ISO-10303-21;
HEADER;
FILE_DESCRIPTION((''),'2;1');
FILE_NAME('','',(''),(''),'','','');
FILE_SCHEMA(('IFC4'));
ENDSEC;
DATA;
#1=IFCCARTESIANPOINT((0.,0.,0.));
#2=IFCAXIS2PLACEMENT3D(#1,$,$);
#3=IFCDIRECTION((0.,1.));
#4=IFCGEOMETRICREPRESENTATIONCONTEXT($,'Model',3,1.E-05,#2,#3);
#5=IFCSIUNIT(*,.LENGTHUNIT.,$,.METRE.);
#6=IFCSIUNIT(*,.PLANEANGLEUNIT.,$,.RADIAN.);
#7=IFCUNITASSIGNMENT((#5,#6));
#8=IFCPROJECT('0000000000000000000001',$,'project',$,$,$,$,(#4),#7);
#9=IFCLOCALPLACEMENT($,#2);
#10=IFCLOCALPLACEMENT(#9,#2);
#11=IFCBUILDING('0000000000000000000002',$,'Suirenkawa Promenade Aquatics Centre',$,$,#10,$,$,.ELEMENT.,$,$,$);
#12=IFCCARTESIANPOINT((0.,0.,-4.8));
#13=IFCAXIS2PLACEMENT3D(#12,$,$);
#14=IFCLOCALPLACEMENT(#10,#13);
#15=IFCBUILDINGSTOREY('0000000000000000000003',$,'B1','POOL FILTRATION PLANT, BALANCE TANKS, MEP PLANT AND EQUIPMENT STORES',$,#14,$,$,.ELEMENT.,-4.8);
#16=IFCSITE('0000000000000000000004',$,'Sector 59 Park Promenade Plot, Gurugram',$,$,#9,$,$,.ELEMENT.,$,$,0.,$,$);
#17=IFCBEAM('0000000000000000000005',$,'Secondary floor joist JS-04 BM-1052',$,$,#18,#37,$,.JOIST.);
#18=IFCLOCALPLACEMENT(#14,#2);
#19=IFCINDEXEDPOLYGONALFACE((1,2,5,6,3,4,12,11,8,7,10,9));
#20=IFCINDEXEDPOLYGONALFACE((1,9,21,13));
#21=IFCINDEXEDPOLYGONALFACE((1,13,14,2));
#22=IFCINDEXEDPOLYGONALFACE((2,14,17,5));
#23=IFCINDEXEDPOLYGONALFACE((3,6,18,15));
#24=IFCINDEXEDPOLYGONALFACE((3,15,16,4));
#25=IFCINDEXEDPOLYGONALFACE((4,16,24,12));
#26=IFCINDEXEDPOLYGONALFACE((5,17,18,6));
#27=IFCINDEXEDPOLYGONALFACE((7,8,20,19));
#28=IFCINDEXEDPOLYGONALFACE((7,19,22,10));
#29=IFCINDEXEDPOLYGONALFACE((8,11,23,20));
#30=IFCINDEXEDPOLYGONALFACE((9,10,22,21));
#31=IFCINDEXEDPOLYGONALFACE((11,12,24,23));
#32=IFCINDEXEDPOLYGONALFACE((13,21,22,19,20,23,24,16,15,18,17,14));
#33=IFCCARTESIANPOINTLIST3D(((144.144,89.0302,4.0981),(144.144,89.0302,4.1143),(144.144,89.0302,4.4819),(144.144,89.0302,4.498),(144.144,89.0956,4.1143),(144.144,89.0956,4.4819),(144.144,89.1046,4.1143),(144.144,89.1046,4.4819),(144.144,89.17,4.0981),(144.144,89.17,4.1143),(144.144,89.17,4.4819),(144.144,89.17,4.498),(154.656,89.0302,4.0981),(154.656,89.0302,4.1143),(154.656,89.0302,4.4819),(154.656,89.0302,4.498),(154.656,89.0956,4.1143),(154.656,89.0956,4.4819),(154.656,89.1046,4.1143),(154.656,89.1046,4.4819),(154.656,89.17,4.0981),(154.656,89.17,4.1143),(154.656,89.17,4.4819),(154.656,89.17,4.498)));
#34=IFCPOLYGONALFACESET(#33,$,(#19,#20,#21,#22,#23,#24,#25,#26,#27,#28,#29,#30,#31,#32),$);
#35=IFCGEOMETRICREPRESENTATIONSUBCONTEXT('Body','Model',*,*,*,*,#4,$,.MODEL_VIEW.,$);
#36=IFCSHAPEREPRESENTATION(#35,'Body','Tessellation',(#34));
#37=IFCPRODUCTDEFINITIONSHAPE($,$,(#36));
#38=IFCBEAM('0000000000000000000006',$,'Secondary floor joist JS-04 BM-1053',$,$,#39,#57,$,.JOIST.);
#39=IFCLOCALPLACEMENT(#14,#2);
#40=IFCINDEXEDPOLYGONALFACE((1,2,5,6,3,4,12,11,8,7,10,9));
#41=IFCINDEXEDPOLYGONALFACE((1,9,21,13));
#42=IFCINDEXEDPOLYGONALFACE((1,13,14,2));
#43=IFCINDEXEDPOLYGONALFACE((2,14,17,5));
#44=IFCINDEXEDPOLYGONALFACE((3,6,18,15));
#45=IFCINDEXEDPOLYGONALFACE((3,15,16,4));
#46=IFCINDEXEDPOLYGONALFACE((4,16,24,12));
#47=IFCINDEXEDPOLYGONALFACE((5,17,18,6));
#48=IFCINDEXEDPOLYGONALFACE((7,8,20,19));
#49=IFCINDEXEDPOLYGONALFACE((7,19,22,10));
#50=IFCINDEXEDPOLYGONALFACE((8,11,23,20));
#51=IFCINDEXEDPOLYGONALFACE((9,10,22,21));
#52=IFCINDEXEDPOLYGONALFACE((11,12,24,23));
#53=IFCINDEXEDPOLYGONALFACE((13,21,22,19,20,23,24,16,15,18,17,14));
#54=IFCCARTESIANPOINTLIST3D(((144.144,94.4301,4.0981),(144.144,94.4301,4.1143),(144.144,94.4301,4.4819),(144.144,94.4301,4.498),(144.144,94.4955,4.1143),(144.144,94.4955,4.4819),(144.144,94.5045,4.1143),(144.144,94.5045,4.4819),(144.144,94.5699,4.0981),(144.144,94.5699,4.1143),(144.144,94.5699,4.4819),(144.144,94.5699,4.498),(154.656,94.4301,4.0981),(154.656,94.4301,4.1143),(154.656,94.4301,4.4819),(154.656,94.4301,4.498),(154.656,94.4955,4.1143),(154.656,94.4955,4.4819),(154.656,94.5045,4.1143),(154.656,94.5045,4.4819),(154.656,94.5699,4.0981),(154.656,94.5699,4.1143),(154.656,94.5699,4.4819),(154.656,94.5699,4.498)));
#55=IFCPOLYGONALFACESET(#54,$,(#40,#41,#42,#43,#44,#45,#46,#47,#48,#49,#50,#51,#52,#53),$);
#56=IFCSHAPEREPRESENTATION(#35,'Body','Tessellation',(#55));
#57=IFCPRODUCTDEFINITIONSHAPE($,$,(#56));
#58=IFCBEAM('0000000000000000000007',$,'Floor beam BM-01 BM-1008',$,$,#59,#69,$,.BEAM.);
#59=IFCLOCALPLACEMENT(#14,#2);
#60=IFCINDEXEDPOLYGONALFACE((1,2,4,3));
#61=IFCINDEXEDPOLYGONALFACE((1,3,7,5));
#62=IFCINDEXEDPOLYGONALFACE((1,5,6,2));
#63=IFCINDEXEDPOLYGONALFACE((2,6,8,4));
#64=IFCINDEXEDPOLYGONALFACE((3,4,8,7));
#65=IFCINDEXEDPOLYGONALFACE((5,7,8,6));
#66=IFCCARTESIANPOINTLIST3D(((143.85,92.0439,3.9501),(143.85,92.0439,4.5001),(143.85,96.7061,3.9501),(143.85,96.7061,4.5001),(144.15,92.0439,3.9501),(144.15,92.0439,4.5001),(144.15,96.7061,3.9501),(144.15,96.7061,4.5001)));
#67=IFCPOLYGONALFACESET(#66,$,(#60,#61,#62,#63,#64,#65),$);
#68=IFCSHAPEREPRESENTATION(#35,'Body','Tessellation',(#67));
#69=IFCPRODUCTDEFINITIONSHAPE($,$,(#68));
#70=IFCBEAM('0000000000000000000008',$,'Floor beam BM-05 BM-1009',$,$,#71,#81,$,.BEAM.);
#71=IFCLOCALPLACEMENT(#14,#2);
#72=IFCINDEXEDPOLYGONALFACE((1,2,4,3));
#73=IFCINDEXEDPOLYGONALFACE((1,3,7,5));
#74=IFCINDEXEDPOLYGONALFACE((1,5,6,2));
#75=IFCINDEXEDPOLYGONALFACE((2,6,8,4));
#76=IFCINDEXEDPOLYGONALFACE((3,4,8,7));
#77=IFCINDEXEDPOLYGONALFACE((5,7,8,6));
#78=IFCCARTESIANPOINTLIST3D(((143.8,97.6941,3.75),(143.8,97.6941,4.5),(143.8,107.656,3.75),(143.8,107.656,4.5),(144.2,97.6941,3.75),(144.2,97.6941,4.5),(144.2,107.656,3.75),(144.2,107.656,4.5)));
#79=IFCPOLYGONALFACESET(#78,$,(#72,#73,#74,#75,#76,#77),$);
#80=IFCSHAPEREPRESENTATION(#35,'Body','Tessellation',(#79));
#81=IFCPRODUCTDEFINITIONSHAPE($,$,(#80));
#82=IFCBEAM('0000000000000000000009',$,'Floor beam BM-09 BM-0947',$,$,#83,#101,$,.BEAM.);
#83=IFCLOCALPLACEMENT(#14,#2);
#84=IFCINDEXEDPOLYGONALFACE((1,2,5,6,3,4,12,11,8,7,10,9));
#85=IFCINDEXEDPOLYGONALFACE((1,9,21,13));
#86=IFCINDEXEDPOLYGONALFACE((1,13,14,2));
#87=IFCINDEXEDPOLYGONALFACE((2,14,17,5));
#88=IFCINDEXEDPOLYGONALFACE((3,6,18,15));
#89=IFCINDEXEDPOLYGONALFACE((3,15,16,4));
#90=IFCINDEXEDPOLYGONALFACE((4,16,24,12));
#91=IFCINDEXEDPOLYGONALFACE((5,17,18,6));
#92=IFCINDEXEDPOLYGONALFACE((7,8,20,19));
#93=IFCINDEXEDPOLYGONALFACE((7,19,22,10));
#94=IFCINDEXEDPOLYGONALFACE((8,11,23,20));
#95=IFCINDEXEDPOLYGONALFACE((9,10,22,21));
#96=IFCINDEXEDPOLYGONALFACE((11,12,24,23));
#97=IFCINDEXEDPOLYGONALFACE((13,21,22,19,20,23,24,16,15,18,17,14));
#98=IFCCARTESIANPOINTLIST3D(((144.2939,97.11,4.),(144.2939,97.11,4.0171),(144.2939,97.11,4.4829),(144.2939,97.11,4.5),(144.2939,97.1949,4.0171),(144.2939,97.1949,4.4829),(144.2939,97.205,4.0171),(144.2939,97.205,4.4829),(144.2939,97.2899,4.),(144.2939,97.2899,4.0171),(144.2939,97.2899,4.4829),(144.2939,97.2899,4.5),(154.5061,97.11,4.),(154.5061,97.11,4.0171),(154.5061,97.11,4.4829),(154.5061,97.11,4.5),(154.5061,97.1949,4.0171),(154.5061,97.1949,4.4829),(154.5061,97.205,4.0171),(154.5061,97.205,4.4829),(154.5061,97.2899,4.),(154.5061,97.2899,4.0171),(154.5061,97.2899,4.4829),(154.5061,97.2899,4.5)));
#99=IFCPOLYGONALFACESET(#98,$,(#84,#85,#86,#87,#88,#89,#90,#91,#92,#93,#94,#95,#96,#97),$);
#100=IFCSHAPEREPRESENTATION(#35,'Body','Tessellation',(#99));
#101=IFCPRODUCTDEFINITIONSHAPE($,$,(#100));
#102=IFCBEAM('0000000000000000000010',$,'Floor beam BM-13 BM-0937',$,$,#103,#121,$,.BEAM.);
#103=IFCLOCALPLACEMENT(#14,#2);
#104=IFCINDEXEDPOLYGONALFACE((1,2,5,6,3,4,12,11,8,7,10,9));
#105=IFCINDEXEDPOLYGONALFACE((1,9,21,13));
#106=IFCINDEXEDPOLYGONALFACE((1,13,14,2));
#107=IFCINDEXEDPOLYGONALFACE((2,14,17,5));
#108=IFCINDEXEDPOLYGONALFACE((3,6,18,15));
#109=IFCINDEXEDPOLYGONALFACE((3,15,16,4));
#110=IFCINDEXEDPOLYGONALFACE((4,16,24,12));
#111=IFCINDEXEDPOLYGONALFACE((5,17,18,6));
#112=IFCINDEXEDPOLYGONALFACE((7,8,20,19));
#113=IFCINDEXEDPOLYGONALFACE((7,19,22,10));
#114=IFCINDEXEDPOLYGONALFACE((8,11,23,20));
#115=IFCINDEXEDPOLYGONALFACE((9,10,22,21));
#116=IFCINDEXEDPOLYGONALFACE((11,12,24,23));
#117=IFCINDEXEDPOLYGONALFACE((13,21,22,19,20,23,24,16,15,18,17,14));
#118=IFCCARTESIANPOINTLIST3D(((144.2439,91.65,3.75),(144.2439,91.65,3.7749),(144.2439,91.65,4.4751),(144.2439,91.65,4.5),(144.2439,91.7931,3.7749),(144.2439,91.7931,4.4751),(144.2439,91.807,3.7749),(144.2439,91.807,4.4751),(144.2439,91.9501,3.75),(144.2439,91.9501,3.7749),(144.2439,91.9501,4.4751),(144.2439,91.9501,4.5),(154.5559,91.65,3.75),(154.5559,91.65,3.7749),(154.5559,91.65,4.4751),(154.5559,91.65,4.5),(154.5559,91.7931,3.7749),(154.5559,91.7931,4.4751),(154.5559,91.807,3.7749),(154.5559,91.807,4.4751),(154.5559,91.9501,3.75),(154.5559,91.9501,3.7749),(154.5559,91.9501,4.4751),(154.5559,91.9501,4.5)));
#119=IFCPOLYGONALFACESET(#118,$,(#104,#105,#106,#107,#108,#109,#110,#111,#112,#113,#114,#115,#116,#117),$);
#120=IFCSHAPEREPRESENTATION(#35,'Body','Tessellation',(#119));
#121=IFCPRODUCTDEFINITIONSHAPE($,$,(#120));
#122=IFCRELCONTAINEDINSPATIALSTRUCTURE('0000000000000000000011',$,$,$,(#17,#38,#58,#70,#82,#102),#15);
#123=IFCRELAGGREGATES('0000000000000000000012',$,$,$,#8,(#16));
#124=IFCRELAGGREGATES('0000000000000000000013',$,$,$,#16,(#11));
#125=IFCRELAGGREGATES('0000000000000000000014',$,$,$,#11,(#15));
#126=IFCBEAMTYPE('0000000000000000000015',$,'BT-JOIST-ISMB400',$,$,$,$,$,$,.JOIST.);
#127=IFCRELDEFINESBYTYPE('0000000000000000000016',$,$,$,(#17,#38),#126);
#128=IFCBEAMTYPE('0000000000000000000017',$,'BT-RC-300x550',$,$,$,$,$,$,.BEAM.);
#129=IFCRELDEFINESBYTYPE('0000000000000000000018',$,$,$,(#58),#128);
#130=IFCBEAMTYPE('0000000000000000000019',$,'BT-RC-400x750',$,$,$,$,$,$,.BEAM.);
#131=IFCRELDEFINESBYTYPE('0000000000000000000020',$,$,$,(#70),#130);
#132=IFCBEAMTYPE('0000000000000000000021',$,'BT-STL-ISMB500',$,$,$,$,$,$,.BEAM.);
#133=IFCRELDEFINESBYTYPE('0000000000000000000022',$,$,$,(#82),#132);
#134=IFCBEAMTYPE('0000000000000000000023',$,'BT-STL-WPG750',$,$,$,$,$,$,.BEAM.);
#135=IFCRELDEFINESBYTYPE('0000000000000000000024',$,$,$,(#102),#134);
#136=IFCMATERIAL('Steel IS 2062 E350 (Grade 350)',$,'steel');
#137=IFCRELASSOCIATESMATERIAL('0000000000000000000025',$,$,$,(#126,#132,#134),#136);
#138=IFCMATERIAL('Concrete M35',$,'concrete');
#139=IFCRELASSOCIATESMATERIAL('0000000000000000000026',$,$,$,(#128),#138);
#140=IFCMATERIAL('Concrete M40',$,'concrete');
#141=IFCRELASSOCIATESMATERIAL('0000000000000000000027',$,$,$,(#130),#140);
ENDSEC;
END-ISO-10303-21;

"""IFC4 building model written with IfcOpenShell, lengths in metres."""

from ifc_helpers import new_model, si_unit, direction, frame, origin, origin_2d, place, context, subcontext, project, spatial, rectangle, i_section, extrude, material, material_profile, profile_set, type_object, element, save


model = new_model("IFC4")

# Units and contexts
model_context = context("Model", 3, precision=1e-05, world=origin(), true_north=direction((0.0, 1.0)))
body_context = subcontext(model_context, "Body", "Model", "MODEL_VIEW")
ifc_project = project(units=[si_unit("LENGTHUNIT", "METRE"), si_unit("PLANEANGLEUNIT", "RADIAN")], contexts=[model_context])

# Site, building, storey
site_placement = place(None, origin())
site = spatial("IfcSite", under=ifc_project, at=site_placement, Name="Sector 59 Park Promenade Plot, Gurugram", CompositionType="ELEMENT", RefElevation=0.0)
building_placement = place(site_placement, origin())
building = spatial("IfcBuilding", under=site, at=building_placement, Name="Suirenkawa Promenade Aquatics Centre", CompositionType="ELEMENT")
storey_placement = place(building_placement, frame((0.0, 0.0, -4.8)))
storey = spatial("IfcBuildingStorey", under=building, at=storey_placement, Name="B1", Description="POOL FILTRATION PLANT, BALANCE TANKS, MEP PLANT AND EQUIPMENT STORES", CompositionType="ELEMENT", Elevation=-4.8)

# Shared definitions
ifc_material_1 = material(Name="Concrete M35", Category="concrete")

# Shared definitions
ifc_material_2 = material(Name="Concrete M40", Category="concrete")

# Beams
ifc_material_3 = material(Name="Steel IS 2062 E350 (Grade 350)", Category="steel")
ifc_material_profile_1 = material_profile(ifc_material_3, i_section(OverallWidth=0.1399, OverallDepth=0.3999, WebThickness=0.009, FlangeThickness=0.0161, at=origin_2d()), Name="ISMB 400", Category="steel")
ifc_profile_set_1 = profile_set([ifc_material_profile_1], Name="Steel IS 2062 E350 (Grade 350)")
beam_type_1 = type_object("IfcBeamType", Name="BT-JOIST-ISMB400", PredefinedType="JOIST", material=ifc_profile_set_1)
for number, where, z_axis, x_axis, name in (
    (1, (144.144, 89.1001, 4.2981), (1.0, 0.0, 0.0), (0.0, 1.0, 0.0), "Secondary floor joist JS-04 BM-1052"),
    (2, (144.144, 94.5, 4.2981), (1.0, 0.0, 0.0), (0.0, 1.0, 0.0), "Secondary floor joist JS-04 BM-1053"),
):
    element("IfcBeam", number, at=place(storey_placement, frame(where, z_axis=z_axis, x_axis=x_axis)), inside=storey, type_object=beam_type_1, Name=name, PredefinedType="JOIST", context=body_context, shape_type="SweptSolid", body=[
        extrude(i_section(OverallWidth=0.1399, OverallDepth=0.3999, WebThickness=0.009, FlangeThickness=0.0161, at=origin_2d()), origin(), (0.0, 0.0, 1.0), 10.512),
    ])
ifc_material_profile_2 = material_profile(ifc_material_1, rectangle(XDim=0.3, YDim=0.55, at=origin_2d()), Name="RC BM 300x550", Category="concrete")
ifc_profile_set_2 = profile_set([ifc_material_profile_2], Name="Concrete M35")
beam_type_2 = type_object("IfcBeamType", Name="BT-RC-300x550", PredefinedType="BEAM", material=ifc_profile_set_2)
beam_1_placement = place(storey_placement, frame((144.0, 92.0439, 4.2251), z_axis=(0.0, 1.0, 0.0), x_axis=(-1.0, 0.0, 0.0)))
element("IfcBeam", 3, at=beam_1_placement, inside=storey, type_object=beam_type_2, Name="Floor beam BM-01 BM-1008", PredefinedType="BEAM", context=body_context, shape_type="SweptSolid", body=[
    extrude(rectangle(XDim=0.3, YDim=0.55, at=origin_2d()), origin(), (0.0, 0.0, 1.0), 4.6621),
])
ifc_material_profile_3 = material_profile(ifc_material_2, rectangle(XDim=0.3999, YDim=0.75, at=origin_2d()), Name="RC BM 400x750", Category="concrete")
ifc_profile_set_3 = profile_set([ifc_material_profile_3], Name="Concrete M40")
beam_type_3 = type_object("IfcBeamType", Name="BT-RC-400x750", PredefinedType="BEAM", material=ifc_profile_set_3)
beam_2_placement = place(storey_placement, frame((144.0, 97.6941, 4.125), z_axis=(0.0, 1.0, 0.0), x_axis=(-1.0, 0.0, 0.0)))
element("IfcBeam", 4, at=beam_2_placement, inside=storey, type_object=beam_type_3, Name="Floor beam BM-05 BM-1009", PredefinedType="BEAM", context=body_context, shape_type="SweptSolid", body=[
    extrude(rectangle(XDim=0.3999, YDim=0.75, at=origin_2d()), origin(), (0.0, 0.0, 1.0), 9.9619),
])
ifc_material_profile_4 = material_profile(ifc_material_3, i_section(OverallWidth=0.1799, OverallDepth=0.5, WebThickness=0.01, FlangeThickness=0.0171, at=origin_2d()), Name="ISMB 500", Category="steel")
ifc_profile_set_4 = profile_set([ifc_material_profile_4], Name="Steel IS 2062 E350 (Grade 350)")
beam_type_4 = type_object("IfcBeamType", Name="BT-STL-ISMB500", PredefinedType="BEAM", material=ifc_profile_set_4)
beam_3_placement = place(storey_placement, frame((144.2939, 97.2, 4.25), z_axis=(1.0, 0.0, 0.0), x_axis=(0.0, 1.0, 0.0)))
element("IfcBeam", 5, at=beam_3_placement, inside=storey, type_object=beam_type_4, Name="Floor beam BM-09 BM-0947", PredefinedType="BEAM", context=body_context, shape_type="SweptSolid", body=[
    extrude(i_section(OverallWidth=0.1799, OverallDepth=0.5, WebThickness=0.01, FlangeThickness=0.0171, at=origin_2d()), origin(), (0.0, 0.0, 1.0), 10.2122),
])
ifc_material_profile_5 = material_profile(ifc_material_3, i_section(OverallWidth=0.3, OverallDepth=0.75, WebThickness=0.0139, FlangeThickness=0.0249, at=origin_2d()), Name="WPG 750x300", Category="steel")
ifc_profile_set_5 = profile_set([ifc_material_profile_5], Name="Steel IS 2062 E350 (Grade 350)")
beam_type_5 = type_object("IfcBeamType", Name="BT-STL-WPG750", PredefinedType="BEAM", material=ifc_profile_set_5)
beam_4_placement = place(storey_placement, frame((144.2439, 91.8, 4.125), z_axis=(1.0, 0.0, 0.0), x_axis=(0.0, 1.0, 0.0)))
element("IfcBeam", 6, at=beam_4_placement, inside=storey, type_object=beam_type_5, Name="Floor beam BM-13 BM-0937", PredefinedType="BEAM", context=body_context, shape_type="SweptSolid", body=[
    extrude(i_section(OverallWidth=0.3, OverallDepth=0.75, WebThickness=0.0139, FlangeThickness=0.0249, at=origin_2d()), origin(), (0.0, 0.0, 1.0), 10.312),
])

save(model, "model.ifc")
